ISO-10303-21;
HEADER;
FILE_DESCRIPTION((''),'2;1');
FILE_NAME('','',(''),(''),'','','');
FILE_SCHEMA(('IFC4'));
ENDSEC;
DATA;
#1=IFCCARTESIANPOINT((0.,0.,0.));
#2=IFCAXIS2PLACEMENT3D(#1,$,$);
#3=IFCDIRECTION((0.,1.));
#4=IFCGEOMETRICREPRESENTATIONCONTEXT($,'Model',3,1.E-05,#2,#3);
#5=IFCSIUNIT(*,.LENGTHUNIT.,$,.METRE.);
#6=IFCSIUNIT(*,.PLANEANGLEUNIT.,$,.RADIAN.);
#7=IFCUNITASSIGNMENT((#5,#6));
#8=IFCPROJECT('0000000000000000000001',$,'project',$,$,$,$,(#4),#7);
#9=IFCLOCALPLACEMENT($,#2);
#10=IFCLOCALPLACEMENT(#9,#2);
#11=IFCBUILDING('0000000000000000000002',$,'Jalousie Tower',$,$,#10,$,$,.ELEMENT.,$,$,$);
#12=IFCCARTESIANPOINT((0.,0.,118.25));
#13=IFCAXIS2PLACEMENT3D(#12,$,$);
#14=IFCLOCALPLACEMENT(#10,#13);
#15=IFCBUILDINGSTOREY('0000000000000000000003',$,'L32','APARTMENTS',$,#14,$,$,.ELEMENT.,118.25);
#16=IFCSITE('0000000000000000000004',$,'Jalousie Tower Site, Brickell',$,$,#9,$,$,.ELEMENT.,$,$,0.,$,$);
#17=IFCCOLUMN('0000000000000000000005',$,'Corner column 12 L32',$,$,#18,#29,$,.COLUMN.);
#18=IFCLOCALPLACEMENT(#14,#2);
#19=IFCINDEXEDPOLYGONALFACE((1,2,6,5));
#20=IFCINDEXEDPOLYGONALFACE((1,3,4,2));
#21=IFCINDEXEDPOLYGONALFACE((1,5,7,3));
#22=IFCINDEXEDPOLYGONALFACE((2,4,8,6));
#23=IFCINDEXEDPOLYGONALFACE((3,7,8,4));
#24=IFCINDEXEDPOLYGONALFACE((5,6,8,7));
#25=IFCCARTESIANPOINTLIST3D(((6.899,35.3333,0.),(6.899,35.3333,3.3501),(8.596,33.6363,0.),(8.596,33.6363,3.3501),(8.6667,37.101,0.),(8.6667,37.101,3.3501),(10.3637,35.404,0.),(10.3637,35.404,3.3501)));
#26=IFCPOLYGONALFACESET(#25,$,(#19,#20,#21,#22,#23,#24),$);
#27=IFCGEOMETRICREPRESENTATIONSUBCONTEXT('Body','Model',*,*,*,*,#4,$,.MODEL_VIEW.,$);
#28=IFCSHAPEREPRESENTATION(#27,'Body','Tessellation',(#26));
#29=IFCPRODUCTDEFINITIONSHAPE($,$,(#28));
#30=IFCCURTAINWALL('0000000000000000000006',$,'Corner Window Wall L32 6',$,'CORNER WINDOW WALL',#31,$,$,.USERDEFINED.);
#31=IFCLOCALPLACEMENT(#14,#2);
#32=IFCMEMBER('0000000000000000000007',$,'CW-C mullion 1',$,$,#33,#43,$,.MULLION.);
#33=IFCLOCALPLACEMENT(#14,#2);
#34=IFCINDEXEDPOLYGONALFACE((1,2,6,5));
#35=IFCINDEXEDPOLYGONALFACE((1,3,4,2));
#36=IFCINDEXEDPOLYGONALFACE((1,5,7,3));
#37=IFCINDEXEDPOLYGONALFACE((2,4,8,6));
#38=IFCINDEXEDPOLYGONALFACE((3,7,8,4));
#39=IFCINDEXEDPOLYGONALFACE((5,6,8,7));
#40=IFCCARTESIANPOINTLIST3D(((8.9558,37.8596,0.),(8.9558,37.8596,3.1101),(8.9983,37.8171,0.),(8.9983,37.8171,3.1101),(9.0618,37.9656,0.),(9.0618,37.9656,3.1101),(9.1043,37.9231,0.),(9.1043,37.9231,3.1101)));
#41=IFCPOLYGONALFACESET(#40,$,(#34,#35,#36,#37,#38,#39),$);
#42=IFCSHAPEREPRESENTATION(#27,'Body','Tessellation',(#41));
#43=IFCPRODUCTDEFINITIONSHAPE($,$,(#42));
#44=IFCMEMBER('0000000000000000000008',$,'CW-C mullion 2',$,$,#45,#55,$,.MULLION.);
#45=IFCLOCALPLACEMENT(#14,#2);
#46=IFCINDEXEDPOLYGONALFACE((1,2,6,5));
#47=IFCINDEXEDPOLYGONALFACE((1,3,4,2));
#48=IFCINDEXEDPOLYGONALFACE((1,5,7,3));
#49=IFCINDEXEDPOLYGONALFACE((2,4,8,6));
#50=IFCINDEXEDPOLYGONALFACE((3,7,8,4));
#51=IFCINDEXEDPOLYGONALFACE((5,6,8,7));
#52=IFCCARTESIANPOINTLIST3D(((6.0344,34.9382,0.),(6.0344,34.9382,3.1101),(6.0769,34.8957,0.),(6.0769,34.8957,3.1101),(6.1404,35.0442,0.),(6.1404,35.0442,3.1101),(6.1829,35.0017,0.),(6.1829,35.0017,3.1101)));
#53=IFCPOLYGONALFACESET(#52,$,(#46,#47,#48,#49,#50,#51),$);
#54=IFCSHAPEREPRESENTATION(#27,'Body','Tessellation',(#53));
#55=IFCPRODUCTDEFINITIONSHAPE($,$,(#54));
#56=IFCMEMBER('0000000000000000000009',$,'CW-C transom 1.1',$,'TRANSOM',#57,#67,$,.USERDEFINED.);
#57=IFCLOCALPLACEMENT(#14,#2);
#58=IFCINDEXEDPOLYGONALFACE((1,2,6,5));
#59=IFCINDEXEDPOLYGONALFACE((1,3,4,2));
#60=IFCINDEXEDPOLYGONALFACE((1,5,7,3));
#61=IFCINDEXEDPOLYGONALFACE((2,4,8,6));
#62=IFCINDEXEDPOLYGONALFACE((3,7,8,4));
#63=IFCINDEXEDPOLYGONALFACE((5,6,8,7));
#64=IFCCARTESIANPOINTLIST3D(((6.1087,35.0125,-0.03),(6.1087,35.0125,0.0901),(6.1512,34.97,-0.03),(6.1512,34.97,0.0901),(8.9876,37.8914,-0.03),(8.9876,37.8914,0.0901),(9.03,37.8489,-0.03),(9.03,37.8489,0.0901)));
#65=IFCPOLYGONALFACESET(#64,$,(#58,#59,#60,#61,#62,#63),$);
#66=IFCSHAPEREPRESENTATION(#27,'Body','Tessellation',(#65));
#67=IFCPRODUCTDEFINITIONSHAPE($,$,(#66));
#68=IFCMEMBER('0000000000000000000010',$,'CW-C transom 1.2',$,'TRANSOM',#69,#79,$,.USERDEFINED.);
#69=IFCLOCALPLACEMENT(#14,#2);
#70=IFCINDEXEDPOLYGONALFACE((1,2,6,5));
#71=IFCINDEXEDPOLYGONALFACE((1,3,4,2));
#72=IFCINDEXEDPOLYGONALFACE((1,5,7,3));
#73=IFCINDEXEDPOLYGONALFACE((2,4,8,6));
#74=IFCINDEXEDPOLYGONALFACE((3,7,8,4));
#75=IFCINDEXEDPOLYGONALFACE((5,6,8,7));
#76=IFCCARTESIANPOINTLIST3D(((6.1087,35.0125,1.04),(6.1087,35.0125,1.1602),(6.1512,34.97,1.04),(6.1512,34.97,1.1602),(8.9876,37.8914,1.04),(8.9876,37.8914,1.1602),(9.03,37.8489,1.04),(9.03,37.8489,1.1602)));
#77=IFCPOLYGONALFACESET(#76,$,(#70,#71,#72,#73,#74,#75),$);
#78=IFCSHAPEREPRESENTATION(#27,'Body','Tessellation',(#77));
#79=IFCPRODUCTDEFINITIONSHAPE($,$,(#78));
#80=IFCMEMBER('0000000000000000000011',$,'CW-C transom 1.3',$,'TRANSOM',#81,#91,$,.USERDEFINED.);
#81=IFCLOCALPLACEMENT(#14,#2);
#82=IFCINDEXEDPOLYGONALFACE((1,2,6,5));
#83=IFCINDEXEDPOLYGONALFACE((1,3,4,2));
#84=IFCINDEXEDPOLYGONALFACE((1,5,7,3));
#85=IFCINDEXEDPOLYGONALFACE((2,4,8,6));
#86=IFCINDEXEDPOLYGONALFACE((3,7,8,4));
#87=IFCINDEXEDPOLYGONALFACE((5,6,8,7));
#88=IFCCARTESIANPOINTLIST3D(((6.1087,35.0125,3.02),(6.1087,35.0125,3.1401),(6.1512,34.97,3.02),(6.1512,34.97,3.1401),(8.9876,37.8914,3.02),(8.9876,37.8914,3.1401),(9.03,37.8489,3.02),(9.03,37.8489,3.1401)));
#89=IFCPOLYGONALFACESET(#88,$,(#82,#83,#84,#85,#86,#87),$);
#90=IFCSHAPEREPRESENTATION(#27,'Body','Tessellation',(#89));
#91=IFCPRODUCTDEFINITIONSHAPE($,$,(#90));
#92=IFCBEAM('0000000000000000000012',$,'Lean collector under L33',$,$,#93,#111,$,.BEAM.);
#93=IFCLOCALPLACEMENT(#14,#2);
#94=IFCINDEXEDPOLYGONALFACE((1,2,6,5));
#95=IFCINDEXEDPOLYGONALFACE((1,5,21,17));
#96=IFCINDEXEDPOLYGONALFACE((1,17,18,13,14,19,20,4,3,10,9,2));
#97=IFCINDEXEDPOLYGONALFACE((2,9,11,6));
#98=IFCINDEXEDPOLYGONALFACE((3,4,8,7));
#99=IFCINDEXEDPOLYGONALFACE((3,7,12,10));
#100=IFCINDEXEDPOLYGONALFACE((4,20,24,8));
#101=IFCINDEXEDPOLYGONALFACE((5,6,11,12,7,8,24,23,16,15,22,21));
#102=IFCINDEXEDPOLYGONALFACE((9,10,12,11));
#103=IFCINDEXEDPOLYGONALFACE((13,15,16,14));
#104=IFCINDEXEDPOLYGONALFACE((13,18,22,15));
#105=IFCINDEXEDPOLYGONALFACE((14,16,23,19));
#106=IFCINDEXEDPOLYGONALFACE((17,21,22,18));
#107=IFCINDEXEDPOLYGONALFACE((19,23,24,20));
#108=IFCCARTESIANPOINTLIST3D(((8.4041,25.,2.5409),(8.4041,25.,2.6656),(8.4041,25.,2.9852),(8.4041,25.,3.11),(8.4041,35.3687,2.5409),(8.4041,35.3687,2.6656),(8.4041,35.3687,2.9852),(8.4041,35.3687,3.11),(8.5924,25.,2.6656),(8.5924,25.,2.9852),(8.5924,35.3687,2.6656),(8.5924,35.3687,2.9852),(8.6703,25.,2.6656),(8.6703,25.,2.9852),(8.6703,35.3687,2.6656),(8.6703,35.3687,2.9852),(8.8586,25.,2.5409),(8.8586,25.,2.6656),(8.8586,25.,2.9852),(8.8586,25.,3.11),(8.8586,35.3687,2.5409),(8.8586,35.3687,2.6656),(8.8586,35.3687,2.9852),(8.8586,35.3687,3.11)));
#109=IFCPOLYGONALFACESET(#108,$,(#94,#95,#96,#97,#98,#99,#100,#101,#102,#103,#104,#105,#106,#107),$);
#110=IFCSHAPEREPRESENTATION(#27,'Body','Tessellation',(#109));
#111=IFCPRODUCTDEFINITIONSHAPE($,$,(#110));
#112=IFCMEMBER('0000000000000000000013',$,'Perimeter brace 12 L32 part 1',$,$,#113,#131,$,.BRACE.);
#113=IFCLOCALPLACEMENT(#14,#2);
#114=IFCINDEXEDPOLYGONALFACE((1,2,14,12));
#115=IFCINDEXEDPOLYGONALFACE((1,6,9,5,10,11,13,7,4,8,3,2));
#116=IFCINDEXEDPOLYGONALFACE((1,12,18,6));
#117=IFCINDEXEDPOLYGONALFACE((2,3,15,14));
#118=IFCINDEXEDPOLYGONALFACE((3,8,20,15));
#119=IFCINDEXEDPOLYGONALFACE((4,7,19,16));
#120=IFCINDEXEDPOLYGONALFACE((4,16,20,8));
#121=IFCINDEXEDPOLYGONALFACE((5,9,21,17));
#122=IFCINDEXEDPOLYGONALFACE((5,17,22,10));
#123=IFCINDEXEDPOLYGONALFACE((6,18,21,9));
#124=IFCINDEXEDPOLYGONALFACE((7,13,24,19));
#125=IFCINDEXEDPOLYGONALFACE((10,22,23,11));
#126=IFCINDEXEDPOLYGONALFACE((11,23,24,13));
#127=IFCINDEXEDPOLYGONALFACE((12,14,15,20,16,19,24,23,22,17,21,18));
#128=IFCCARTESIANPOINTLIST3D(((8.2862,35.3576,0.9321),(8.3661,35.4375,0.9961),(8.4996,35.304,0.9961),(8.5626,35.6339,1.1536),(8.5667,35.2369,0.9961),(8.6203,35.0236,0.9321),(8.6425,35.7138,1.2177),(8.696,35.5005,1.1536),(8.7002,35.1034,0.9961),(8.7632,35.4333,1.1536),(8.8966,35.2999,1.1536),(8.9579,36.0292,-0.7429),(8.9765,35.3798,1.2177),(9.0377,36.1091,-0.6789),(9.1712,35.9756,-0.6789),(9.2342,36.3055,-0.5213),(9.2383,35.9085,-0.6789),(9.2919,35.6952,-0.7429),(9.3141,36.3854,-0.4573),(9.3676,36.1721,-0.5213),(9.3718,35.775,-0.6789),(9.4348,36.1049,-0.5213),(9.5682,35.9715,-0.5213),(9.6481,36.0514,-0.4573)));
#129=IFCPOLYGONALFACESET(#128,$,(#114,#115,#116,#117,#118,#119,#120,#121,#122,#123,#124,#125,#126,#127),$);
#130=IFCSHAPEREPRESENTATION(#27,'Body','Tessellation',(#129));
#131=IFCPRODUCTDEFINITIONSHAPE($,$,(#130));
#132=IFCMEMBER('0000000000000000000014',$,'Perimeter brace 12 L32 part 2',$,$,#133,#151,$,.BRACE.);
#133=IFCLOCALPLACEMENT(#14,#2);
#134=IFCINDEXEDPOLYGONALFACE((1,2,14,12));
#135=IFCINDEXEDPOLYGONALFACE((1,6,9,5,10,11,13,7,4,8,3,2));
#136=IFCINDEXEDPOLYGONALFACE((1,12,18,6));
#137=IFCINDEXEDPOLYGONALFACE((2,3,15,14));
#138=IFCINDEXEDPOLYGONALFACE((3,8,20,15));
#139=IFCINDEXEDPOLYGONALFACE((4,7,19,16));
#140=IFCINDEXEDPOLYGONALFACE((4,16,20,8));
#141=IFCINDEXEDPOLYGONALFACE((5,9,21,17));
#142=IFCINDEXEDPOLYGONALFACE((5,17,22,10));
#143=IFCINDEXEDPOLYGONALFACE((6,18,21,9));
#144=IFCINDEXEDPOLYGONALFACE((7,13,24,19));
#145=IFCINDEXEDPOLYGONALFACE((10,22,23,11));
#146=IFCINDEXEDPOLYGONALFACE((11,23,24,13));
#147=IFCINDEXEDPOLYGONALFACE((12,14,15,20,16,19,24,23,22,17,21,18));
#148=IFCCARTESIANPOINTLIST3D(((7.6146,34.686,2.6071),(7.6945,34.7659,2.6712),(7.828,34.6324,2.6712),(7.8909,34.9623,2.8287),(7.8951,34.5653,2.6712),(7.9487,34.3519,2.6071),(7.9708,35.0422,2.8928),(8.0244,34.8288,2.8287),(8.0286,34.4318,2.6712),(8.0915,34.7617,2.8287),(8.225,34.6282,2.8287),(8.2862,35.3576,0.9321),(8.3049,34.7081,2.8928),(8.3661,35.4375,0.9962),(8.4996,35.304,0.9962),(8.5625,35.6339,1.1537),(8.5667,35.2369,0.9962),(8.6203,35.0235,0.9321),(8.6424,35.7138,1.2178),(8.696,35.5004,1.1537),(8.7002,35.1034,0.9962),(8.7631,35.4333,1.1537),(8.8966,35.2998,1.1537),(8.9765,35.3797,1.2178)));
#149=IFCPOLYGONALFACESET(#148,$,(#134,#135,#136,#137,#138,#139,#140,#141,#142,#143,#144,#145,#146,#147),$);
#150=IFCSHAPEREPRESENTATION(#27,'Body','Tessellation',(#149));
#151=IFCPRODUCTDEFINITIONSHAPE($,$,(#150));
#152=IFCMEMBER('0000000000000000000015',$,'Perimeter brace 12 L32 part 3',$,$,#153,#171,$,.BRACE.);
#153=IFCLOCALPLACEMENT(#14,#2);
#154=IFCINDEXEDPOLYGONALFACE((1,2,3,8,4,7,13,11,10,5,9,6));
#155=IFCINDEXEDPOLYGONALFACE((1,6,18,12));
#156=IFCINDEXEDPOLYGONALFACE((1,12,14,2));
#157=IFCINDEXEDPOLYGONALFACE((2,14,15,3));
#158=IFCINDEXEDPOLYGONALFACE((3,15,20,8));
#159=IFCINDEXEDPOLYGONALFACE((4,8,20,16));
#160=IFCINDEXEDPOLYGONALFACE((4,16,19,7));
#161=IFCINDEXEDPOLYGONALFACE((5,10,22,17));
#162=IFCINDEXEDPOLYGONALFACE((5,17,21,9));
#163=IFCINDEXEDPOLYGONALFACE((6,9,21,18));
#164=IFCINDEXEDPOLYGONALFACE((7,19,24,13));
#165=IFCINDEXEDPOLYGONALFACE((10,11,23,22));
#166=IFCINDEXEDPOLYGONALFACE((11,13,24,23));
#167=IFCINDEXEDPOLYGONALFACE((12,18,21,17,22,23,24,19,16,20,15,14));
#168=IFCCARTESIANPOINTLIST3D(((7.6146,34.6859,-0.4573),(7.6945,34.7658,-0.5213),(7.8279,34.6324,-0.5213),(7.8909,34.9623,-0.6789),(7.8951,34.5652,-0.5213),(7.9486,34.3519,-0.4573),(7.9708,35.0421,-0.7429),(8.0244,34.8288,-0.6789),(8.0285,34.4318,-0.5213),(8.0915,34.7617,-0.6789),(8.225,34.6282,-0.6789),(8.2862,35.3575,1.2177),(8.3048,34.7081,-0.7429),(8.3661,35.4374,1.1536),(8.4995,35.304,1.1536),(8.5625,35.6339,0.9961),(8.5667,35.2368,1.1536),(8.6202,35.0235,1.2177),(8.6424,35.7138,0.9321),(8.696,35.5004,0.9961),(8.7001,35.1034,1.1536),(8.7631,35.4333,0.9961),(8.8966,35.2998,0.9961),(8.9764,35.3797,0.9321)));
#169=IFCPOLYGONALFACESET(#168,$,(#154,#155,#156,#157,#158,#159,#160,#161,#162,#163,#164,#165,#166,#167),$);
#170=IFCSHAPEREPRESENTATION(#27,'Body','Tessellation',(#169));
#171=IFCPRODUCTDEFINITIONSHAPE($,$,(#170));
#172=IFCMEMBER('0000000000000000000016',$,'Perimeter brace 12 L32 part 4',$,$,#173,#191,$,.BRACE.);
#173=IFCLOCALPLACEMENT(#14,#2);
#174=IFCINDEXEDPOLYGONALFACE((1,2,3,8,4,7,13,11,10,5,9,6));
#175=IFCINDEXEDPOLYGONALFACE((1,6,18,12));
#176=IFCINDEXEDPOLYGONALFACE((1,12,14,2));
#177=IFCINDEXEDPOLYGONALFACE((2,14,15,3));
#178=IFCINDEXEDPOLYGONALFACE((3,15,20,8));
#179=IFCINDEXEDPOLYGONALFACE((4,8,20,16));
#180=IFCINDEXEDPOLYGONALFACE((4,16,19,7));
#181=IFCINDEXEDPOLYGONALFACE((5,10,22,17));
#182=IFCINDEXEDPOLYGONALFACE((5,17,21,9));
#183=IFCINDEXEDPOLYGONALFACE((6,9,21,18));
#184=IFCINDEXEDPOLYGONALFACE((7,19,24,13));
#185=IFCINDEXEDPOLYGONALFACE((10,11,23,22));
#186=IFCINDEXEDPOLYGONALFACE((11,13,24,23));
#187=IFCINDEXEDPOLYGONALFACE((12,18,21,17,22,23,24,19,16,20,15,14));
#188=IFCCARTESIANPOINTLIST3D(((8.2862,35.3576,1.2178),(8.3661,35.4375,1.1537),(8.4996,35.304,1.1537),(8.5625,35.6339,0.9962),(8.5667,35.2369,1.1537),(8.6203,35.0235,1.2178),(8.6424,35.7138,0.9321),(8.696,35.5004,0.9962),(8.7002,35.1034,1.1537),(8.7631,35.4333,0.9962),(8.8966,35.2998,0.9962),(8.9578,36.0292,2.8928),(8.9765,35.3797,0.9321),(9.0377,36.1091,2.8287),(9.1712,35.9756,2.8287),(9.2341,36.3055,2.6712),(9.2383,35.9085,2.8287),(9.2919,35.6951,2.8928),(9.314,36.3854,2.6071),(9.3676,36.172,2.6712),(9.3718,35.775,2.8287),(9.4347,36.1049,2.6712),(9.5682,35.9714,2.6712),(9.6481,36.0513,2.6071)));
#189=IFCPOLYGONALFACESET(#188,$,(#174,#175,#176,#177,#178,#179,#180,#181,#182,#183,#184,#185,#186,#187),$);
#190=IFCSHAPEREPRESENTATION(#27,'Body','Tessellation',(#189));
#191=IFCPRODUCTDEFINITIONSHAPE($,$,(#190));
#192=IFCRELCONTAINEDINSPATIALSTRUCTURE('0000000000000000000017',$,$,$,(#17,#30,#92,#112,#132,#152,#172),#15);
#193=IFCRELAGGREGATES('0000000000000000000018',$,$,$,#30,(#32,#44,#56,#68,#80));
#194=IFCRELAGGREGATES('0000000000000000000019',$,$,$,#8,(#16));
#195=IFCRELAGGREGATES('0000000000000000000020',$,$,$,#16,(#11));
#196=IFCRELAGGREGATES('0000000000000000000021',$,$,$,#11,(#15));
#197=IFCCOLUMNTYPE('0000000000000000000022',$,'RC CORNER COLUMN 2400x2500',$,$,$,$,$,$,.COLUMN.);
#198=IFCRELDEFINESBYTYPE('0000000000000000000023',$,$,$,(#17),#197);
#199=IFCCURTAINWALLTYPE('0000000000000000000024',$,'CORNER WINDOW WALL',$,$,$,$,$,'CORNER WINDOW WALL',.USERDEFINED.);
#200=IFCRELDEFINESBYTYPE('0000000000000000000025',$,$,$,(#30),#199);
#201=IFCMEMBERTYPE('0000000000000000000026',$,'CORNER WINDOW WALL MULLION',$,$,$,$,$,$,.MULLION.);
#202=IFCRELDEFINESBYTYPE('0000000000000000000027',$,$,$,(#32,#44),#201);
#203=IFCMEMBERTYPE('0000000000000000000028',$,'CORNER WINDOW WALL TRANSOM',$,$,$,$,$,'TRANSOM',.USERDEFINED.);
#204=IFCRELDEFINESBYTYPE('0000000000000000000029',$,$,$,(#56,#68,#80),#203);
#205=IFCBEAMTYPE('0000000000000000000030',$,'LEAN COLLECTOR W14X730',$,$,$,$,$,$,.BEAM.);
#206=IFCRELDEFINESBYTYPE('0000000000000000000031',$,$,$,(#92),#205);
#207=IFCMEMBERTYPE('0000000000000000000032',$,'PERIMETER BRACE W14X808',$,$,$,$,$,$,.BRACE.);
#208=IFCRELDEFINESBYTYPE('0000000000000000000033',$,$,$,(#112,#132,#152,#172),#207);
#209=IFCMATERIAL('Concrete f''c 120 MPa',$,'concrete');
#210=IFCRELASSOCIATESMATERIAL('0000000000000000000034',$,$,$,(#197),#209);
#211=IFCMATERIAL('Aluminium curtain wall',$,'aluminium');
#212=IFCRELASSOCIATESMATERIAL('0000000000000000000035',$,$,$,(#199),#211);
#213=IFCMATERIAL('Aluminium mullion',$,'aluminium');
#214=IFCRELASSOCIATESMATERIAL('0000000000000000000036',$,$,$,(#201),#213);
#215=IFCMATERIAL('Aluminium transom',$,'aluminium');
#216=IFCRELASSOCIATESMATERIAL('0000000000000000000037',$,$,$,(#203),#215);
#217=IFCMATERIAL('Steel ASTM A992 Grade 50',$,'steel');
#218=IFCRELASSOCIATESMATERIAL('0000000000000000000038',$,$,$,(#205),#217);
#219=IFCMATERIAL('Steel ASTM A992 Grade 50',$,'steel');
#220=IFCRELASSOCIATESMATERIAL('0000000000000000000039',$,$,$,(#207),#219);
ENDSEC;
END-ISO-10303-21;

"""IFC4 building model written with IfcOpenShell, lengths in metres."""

from ifc_helpers import new_model, si_unit, direction, frame, origin, origin_2d, place, context, subcontext, project, spatial, rectangle, i_section, extrude, material, material_profile, profile_set, type_object, element, aggregate, save


model = new_model("IFC4")

# Units and contexts
model_context = context("Model", 3, precision=1e-05, world=origin(), true_north=direction((0.0, 1.0)))
body_context = subcontext(model_context, "Body", "Model", "MODEL_VIEW")
ifc_project = project(units=[si_unit("LENGTHUNIT", "METRE"), si_unit("PLANEANGLEUNIT", "RADIAN")], contexts=[model_context])

# Site, building, storey
site_placement = place(None, origin())
site = spatial("IfcSite", under=ifc_project, at=site_placement, Name="Jalousie Tower Site, Brickell", CompositionType="ELEMENT", RefElevation=0.0)
building_placement = place(site_placement, origin())
building = spatial("IfcBuilding", under=site, at=building_placement, Name="Jalousie Tower", CompositionType="ELEMENT")
storey_placement = place(building_placement, frame((0.0, 0.0, 118.25)))
storey = spatial("IfcBuildingStorey", under=building, at=storey_placement, Name="L32", Description="APARTMENTS", CompositionType="ELEMENT", Elevation=118.25)

# Column
ifc_material_1 = material(Name="Concrete f'c 120 MPa", Category="concrete")
ifc_material_profile_1 = material_profile(ifc_material_1, rectangle(XDim=2.3999, YDim=2.5, at=origin_2d()), Name="RC 2400x2500")
ifc_profile_set_1 = profile_set([ifc_material_profile_1], Name="Concrete f'c 120 MPa")
column_type = type_object("IfcColumnType", Name="RC CORNER COLUMN 2400x2500", PredefinedType="COLUMN", material=ifc_profile_set_1)
column_placement = place(storey_placement, frame((8.6313, 35.3687, 0.0), z_axis=(0.0, 0.0, 1.0), x_axis=(0.707107, -0.707107, 0.0)))
element("IfcColumn", 1, at=column_placement, inside=storey, type_object=column_type, Name="Corner column 12 L32", PredefinedType="COLUMN", context=body_context, shape_type="SweptSolid", body=[
    extrude(rectangle(XDim=2.3999, YDim=2.5, at=origin_2d()), origin(), (0.0, 0.0, 1.0), 3.3501),
])

# Curtain wall, members
ifc_material_2 = material(Name="Aluminium curtain wall", Category="aluminium")
curtain_wall_type_1 = type_object("IfcCurtainWallType", Name="CORNER WINDOW WALL", ElementType="CORNER WINDOW WALL", PredefinedType="USERDEFINED", material=ifc_material_2)
curtain_wall_1_placement = place(storey_placement, origin())
curtain_wall_1 = element("IfcCurtainWall", 2, at=curtain_wall_1_placement, inside=storey, type_object=curtain_wall_type_1, Name="Corner Window Wall L32 6", ObjectType="CORNER WINDOW WALL", PredefinedType="USERDEFINED")
ifc_material_3 = material(Name="Aluminium mullion", Category="aluminium")
ifc_material_profile_2 = material_profile(ifc_material_3, rectangle(XDim=0.0601, YDim=0.1499, at=origin_2d()), Name="MULLION 60x150")
ifc_profile_set_2 = profile_set([ifc_material_profile_2], Name="Aluminium mullion")
member_type_1 = type_object("IfcMemberType", Name="CORNER WINDOW WALL MULLION", PredefinedType="MULLION", material=ifc_profile_set_2)
member_1_placement = place(storey_placement, frame((9.03, 37.8914, 0.0), z_axis=(0.0, 0.0, 1.0), x_axis=(0.707107, -0.707107, 0.0)))
member_1 = element("IfcMember", 3, at=member_1_placement, type_object=member_type_1, Name="CW-C mullion 1", PredefinedType="MULLION", context=body_context, shape_type="SweptSolid", body=[
    extrude(rectangle(XDim=0.0601, YDim=0.1499, at=origin_2d()), origin(), (0.0, 0.0, 1.0), 3.1101),
])
member_2_placement = place(storey_placement, frame((6.1086, 34.97, 0.0), z_axis=(0.0, 0.0, 1.0), x_axis=(0.707107, -0.707107, 0.0)))
member_2 = element("IfcMember", 4, at=member_2_placement, type_object=member_type_1, Name="CW-C mullion 2", PredefinedType="MULLION", context=body_context, shape_type="SweptSolid", body=[
    extrude(rectangle(XDim=0.0601, YDim=0.1499, at=origin_2d()), origin(), (0.0, 0.0, 1.0), 3.1101),
])
ifc_material_4 = material(Name="Aluminium transom", Category="aluminium")
ifc_material_profile_3 = material_profile(ifc_material_4, rectangle(XDim=0.0601, YDim=0.1201, at=origin_2d()), Name="TRANSOM 60x120")
ifc_profile_set_3 = profile_set([ifc_material_profile_3], Name="Aluminium transom")
member_type_2 = type_object("IfcMemberType", Name="CORNER WINDOW WALL TRANSOM", ElementType="TRANSOM", PredefinedType="USERDEFINED", material=ifc_profile_set_3)
member_3_placement = place(storey_placement, frame((9.0088, 37.8701, 0.03), z_axis=(-0.707107, -0.707107, 0.0), x_axis=(0.707107, -0.707107, 0.0)))
member_3 = element("IfcMember", 5, at=member_3_placement, type_object=member_type_2, Name="CW-C transom 1.1", ObjectType="TRANSOM", PredefinedType="USERDEFINED", context=body_context, shape_type="SweptSolid", body=[
    extrude(rectangle(XDim=0.0601, YDim=0.1201, at=origin_2d()), origin(), (0.0, 0.0, 1.0), 4.0713),
])
member_4_placement = place(storey_placement, frame((9.0088, 37.8701, 1.1001), z_axis=(-0.707107, -0.707107, 0.0), x_axis=(0.707107, -0.707107, 0.0)))
member_4 = element("IfcMember", 6, at=member_4_placement, type_object=member_type_2, Name="CW-C transom 1.2", ObjectType="TRANSOM", PredefinedType="USERDEFINED", context=body_context, shape_type="SweptSolid", body=[
    extrude(rectangle(XDim=0.0601, YDim=0.1201, at=origin_2d()), origin(), (0.0, 0.0, 1.0), 4.0713),
])
member_5_placement = place(storey_placement, frame((9.0088, 37.8701, 3.0801), z_axis=(-0.707107, -0.707107, 0.0), x_axis=(0.707107, -0.707107, 0.0)))
member_5 = element("IfcMember", 7, at=member_5_placement, type_object=member_type_2, Name="CW-C transom 1.3", ObjectType="TRANSOM", PredefinedType="USERDEFINED", context=body_context, shape_type="SweptSolid", body=[
    extrude(rectangle(XDim=0.0601, YDim=0.1201, at=origin_2d()), origin(), (0.0, 0.0, 1.0), 4.0713),
])

# Beam
ifc_material_5 = material(Name="Steel ASTM A992 Grade 50", Category="steel")
ifc_material_profile_4 = material_profile(ifc_material_5, i_section(OverallWidth=0.4546, OverallDepth=0.5691, WebThickness=0.0779, FlangeThickness=0.1248, at=origin_2d()), Name="W14X730")
ifc_profile_set_4 = profile_set([ifc_material_profile_4], Name="Steel ASTM A992 Grade 50")
beam_type_1 = type_object("IfcBeamType", Name="LEAN COLLECTOR W14X730", PredefinedType="BEAM", material=ifc_profile_set_4)
beam_1_placement = place(storey_placement, frame((8.6313, 35.3687, 2.8254), z_axis=(0.0, -1.0, 0.0), x_axis=(1.0, 0.0, 0.0)))
element("IfcBeam", 8, at=beam_1_placement, inside=storey, type_object=beam_type_1, Name="Lean collector under L33", PredefinedType="BEAM", context=body_context, shape_type="SweptSolid", body=[
    extrude(i_section(OverallWidth=0.4546, OverallDepth=0.5691, WebThickness=0.0779, FlangeThickness=0.1248, at=origin_2d()), origin(), (0.0, 0.0, 1.0), 10.3687),
])

# Members
ifc_material_6 = material(Name="Steel ASTM A992 Grade 50", Category="steel")
ifc_material_profile_5 = material_profile(ifc_material_6, i_section(OverallWidth=0.4724, OverallDepth=0.5791, WebThickness=0.095, FlangeThickness=0.1299, at=origin_2d()), Name="W14X808")
ifc_profile_set_5 = profile_set([ifc_material_profile_5], Name="Steel ASTM A992 Grade 50")
member_type_3 = type_object("IfcMemberType", Name="PERIMETER BRACE W14X808", PredefinedType="BRACE", material=ifc_profile_set_5)
for number, where, z_axis, x_axis, name in (
    (9, (9.303, 36.0403, -0.6001), (-0.348789, -0.348789, 0.869881), (0.707107, -0.707107, 0.0), "Perimeter brace 12 L32 part 1"),
    (10, (8.6313, 35.3687, 1.075), (-0.348789, -0.348789, 0.869881), (0.707107, -0.707107, 0.0), "Perimeter brace 12 L32 part 2"),
    (11, (7.9597, 34.697, -0.6001), (0.348789, 0.348789, 0.869881), (-0.707107, 0.707107, 0.0), "Perimeter brace 12 L32 part 3"),
    (12, (8.6313, 35.3687, 1.075), (0.348789, 0.348789, 0.869881), (-0.707107, 0.707107, 0.0), "Perimeter brace 12 L32 part 4"),
):
    element("IfcMember", number, at=place(storey_placement, frame(where, z_axis=z_axis, x_axis=x_axis)), inside=storey, type_object=member_type_3, Name=name, PredefinedType="BRACE", context=body_context, shape_type="SweptSolid", body=[
        extrude(i_section(OverallWidth=0.4724, OverallDepth=0.5791, WebThickness=0.095, FlangeThickness=0.1299, at=origin_2d()), origin(), (0.0, 0.0, 1.0), 1.9255),
    ])

aggregate(curtain_wall_1, [member_1, member_2, member_3, member_4, member_5])

save(model, "model.ifc")
